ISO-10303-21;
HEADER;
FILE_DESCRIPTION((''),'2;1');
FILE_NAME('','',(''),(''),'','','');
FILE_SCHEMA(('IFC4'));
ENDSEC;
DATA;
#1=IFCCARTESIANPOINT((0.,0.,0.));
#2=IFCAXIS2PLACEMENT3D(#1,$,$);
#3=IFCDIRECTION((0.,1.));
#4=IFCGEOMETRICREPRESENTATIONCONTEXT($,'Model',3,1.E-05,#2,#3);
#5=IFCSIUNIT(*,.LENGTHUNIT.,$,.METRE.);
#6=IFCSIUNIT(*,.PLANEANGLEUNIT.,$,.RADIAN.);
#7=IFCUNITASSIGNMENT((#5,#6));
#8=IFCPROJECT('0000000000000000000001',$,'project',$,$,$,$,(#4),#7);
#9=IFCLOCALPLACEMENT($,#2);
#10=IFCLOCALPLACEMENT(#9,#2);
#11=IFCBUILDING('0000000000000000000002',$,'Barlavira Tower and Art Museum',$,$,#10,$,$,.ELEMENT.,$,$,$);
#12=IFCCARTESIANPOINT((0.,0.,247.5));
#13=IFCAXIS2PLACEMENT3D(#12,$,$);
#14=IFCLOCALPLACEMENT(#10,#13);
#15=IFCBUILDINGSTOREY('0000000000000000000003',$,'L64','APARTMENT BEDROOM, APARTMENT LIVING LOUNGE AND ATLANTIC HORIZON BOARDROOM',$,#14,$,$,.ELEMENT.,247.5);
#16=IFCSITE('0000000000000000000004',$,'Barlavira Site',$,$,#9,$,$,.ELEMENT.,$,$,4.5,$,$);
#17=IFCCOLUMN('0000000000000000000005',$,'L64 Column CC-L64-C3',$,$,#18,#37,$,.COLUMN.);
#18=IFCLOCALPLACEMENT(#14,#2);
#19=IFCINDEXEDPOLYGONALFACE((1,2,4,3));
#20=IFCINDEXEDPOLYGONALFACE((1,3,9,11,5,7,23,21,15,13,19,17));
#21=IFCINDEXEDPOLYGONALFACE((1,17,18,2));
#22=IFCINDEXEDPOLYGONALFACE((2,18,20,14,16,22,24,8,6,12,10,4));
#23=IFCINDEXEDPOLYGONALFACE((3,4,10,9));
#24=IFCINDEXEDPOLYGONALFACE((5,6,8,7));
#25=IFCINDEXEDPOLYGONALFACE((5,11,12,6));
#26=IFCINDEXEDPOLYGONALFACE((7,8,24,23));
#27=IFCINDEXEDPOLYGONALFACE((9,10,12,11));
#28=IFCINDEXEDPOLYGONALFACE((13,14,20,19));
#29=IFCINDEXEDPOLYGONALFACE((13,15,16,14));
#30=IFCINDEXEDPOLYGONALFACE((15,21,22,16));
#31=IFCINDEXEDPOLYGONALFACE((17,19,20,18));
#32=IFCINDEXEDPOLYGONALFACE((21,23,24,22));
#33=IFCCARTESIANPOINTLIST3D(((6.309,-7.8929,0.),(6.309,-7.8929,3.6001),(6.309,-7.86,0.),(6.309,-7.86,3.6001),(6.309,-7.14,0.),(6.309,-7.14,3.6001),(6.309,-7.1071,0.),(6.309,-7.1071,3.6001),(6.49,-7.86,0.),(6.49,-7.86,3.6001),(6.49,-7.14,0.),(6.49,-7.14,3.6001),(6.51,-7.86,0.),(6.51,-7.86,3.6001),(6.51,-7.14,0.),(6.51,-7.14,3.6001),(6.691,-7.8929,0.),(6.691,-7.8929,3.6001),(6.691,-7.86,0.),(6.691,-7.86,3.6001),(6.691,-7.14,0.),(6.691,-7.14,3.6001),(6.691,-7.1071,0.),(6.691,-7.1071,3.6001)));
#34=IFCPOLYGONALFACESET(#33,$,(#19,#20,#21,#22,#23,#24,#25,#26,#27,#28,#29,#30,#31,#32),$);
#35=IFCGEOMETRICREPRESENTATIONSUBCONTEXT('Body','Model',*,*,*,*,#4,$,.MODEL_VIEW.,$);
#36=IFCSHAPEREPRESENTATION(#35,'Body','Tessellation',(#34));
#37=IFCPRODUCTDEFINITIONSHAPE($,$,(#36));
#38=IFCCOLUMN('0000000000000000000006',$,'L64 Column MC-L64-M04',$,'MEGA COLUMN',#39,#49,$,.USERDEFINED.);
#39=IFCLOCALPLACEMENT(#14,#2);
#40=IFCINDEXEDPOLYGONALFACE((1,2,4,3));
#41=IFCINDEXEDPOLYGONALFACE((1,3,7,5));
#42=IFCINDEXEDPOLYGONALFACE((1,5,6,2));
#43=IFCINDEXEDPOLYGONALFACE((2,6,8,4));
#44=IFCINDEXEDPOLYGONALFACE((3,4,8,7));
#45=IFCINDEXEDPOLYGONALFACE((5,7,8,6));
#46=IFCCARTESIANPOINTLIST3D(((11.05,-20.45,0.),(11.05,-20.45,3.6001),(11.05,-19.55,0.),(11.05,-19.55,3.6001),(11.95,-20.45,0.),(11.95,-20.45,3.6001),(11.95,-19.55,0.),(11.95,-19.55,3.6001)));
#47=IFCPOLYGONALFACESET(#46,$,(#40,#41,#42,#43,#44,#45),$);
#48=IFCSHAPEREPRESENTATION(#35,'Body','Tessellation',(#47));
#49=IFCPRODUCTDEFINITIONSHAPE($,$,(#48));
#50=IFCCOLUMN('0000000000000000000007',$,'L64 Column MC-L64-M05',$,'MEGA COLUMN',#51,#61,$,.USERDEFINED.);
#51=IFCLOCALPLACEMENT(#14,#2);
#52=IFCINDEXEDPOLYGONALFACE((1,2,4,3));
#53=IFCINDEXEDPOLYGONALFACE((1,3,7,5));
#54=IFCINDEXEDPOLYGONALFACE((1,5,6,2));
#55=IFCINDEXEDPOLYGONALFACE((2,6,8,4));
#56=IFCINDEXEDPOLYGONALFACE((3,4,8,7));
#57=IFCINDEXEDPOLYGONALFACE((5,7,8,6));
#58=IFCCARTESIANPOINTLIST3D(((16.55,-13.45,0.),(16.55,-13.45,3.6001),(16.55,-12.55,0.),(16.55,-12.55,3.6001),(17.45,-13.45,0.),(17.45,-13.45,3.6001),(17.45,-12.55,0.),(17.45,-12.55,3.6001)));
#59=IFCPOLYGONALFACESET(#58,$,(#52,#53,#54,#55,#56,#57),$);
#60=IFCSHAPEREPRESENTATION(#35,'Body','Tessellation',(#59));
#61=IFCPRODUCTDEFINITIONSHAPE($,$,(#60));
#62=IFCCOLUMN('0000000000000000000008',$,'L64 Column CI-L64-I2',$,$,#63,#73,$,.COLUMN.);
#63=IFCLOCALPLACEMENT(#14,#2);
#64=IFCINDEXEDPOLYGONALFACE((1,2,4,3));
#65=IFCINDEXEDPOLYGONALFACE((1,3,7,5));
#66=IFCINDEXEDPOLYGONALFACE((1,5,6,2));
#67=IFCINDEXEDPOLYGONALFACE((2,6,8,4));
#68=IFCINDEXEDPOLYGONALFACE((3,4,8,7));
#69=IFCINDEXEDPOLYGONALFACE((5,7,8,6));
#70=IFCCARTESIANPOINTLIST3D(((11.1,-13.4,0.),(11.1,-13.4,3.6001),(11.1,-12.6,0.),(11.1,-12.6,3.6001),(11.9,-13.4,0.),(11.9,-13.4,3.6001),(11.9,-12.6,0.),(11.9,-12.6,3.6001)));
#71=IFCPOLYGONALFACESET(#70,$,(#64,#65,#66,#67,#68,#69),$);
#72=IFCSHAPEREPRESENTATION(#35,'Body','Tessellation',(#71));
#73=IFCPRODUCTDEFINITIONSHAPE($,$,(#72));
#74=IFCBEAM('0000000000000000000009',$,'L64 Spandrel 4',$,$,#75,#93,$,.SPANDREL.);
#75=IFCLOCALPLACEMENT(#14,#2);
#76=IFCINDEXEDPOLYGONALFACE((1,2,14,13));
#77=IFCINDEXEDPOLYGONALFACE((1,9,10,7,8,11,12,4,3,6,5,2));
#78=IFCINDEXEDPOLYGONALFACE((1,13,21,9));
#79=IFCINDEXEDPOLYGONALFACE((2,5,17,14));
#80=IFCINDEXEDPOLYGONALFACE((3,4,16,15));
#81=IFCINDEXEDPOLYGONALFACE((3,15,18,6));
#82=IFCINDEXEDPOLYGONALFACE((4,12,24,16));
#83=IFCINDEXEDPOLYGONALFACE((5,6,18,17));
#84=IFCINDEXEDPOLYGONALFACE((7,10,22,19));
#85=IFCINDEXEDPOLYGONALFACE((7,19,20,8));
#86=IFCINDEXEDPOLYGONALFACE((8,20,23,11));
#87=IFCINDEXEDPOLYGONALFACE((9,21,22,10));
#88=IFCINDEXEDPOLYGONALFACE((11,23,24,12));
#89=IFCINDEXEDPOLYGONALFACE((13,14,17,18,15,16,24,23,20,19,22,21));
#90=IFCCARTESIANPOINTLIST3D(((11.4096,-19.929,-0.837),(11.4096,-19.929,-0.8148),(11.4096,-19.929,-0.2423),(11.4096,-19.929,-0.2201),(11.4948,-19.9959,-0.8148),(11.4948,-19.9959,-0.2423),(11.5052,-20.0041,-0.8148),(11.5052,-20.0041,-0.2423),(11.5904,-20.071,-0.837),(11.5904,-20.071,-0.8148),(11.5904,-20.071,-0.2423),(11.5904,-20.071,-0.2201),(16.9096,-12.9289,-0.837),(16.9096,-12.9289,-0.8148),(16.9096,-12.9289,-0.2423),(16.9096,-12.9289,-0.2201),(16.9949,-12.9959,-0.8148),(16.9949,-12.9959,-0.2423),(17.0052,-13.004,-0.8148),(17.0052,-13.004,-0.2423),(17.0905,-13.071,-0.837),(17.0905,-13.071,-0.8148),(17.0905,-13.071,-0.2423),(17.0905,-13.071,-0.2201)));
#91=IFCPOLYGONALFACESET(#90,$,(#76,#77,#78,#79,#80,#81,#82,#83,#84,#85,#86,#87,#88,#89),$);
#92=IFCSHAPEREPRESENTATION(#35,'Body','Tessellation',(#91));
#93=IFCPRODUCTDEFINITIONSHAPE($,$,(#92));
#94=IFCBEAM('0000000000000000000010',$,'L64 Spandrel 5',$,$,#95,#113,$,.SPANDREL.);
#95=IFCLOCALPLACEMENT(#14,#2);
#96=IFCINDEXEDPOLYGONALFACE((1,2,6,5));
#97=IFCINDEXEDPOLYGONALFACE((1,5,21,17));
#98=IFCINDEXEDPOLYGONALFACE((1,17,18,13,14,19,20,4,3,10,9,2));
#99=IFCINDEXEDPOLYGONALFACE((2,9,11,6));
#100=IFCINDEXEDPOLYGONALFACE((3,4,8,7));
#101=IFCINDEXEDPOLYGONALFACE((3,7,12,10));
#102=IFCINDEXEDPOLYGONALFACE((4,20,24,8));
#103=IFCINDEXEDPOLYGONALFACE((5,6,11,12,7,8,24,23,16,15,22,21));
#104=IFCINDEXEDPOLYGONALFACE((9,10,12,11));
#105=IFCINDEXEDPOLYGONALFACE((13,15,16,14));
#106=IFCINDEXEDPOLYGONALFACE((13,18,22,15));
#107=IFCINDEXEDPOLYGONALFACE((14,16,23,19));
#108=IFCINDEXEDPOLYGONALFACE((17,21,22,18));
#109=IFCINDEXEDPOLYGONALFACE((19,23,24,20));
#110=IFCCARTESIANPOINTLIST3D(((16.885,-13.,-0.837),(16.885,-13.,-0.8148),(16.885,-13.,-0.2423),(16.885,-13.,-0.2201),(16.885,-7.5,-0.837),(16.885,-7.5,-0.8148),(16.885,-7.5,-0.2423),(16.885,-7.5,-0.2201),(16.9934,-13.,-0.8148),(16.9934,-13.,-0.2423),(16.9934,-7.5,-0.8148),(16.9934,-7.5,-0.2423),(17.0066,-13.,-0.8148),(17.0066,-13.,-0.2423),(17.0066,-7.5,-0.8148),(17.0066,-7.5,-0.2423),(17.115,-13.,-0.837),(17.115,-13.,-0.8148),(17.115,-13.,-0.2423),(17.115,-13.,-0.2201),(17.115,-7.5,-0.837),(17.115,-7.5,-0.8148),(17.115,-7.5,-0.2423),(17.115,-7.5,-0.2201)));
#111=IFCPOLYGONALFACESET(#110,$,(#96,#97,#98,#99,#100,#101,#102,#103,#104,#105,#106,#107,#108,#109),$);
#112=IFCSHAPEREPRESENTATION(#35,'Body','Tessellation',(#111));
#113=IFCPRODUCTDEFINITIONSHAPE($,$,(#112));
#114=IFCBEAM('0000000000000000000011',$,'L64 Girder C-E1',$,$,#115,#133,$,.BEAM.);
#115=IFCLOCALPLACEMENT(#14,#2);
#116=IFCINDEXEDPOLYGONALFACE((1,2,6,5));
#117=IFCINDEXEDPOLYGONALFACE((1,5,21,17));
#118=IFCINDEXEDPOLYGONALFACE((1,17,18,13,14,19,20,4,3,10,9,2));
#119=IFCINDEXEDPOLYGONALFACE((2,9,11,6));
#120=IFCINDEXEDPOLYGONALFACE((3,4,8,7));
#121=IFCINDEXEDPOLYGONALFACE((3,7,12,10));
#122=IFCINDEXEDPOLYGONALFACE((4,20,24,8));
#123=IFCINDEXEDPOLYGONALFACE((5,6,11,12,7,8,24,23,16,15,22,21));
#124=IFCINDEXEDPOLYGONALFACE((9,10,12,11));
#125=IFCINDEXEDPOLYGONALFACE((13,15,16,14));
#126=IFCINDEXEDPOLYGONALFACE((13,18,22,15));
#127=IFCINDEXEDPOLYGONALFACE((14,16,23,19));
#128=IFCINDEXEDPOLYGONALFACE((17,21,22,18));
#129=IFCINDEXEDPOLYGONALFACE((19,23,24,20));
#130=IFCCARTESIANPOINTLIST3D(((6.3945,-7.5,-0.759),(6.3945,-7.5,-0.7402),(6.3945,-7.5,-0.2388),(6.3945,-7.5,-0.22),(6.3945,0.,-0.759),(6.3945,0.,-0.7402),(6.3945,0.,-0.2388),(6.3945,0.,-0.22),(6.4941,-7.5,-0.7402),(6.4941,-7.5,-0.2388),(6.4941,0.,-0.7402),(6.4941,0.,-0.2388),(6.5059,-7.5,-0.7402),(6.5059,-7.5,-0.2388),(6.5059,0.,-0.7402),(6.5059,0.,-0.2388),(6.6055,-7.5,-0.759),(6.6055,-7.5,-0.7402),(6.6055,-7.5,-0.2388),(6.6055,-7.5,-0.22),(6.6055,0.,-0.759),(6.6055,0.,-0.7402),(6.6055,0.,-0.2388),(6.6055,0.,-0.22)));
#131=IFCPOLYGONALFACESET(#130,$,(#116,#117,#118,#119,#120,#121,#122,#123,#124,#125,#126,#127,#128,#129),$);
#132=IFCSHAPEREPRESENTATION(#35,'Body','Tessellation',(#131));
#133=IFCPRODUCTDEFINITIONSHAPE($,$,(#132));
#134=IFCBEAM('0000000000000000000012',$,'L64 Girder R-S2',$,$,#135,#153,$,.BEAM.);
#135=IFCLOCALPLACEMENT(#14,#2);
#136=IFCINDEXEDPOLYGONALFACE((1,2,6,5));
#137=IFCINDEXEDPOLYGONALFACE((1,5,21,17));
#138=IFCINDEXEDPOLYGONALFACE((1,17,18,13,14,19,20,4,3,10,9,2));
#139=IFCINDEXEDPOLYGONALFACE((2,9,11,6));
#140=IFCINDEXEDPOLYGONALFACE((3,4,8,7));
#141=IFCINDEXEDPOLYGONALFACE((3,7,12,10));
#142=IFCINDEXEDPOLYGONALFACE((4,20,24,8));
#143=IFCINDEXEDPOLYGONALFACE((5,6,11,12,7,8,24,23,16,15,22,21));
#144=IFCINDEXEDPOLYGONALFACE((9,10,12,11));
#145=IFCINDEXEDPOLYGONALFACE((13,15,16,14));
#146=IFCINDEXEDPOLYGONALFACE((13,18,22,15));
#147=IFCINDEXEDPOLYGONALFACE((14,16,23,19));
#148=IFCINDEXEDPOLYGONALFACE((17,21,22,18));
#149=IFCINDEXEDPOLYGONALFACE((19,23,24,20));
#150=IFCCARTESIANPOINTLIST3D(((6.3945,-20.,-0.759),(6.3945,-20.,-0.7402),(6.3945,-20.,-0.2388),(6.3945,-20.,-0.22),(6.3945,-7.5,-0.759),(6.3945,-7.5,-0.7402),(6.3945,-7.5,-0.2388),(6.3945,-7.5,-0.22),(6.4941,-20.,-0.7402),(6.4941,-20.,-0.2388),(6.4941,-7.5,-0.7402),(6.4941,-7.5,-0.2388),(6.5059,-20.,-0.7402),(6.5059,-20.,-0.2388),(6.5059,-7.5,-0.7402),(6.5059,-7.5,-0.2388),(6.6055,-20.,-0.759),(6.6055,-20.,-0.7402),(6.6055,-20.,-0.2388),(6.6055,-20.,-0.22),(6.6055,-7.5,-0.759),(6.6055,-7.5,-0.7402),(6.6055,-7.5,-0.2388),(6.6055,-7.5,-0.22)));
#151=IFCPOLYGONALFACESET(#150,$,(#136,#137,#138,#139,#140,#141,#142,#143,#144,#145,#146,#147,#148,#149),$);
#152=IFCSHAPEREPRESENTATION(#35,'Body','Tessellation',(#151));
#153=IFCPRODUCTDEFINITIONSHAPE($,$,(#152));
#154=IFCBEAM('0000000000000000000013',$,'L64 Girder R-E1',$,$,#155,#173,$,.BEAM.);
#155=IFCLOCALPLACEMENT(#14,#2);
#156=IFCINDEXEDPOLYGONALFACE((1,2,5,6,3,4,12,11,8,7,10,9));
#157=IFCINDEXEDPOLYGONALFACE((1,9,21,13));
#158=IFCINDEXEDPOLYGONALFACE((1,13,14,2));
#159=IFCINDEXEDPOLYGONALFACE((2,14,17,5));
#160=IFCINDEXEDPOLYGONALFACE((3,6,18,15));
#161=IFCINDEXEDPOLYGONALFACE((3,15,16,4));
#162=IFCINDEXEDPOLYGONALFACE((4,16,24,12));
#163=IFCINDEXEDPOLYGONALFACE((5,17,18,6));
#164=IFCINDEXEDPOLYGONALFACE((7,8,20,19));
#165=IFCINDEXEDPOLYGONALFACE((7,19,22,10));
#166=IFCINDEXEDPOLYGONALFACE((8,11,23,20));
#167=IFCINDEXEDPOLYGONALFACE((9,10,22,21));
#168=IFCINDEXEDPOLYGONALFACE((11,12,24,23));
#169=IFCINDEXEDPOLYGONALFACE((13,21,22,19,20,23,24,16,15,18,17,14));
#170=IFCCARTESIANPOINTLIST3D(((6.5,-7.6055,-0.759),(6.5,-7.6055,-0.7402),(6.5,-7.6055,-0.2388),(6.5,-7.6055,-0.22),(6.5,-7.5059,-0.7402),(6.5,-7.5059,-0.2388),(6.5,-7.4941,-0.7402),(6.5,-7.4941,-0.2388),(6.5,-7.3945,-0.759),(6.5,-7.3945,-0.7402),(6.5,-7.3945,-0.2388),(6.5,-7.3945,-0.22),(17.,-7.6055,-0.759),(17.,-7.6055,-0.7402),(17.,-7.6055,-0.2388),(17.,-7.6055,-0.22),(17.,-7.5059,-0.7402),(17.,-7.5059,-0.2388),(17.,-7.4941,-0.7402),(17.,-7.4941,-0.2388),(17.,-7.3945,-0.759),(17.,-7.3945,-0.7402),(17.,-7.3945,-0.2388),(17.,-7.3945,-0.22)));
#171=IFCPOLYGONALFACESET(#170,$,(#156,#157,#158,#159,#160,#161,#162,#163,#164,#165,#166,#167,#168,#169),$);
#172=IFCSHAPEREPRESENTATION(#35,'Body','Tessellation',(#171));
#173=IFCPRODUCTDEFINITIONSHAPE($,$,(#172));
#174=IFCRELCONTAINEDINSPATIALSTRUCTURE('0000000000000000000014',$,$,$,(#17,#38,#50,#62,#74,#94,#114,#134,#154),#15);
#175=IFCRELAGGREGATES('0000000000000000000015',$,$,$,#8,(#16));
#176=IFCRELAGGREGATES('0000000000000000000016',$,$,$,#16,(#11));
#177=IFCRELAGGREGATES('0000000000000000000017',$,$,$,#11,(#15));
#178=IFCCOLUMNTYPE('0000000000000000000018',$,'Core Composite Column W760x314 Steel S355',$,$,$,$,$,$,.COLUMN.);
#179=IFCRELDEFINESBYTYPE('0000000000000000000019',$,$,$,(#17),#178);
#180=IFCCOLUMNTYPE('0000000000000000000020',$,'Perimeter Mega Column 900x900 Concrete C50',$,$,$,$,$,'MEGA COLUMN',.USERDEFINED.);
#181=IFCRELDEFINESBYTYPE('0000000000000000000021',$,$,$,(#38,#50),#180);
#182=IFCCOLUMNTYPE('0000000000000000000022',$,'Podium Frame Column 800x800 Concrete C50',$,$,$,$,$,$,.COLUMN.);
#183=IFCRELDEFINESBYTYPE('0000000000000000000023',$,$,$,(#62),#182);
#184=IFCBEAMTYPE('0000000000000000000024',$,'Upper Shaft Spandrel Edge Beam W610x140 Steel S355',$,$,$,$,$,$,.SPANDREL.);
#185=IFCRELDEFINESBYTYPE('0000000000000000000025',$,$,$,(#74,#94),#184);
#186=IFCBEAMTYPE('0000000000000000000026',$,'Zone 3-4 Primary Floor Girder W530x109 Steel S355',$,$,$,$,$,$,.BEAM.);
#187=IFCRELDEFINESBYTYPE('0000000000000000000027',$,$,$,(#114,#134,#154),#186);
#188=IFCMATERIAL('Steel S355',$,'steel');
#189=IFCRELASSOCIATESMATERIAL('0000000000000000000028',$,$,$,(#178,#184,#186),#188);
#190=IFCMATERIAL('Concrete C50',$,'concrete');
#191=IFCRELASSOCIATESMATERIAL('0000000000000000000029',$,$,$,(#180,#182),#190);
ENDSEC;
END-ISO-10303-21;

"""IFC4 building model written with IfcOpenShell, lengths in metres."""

from ifc_helpers import new_model, si_unit, direction, frame, origin, origin_2d, place, context, subcontext, project, spatial, rectangle, i_section, extrude, material, material_profile, profile_set, type_object, element, save


model = new_model("IFC4")

# Units and contexts
model_context = context("Model", 3, precision=1e-05, world=origin(), true_north=direction((0.0, 1.0)))
body_context = subcontext(model_context, "Body", "Model", "MODEL_VIEW")
ifc_project = project(units=[si_unit("LENGTHUNIT", "METRE"), si_unit("PLANEANGLEUNIT", "RADIAN")], contexts=[model_context])

# Site, building, storey
site_placement = place(None, origin())
site = spatial("IfcSite", under=ifc_project, at=site_placement, Name="Barlavira Site", CompositionType="ELEMENT", RefElevation=4.5)
building_placement = place(site_placement, origin())
building = spatial("IfcBuilding", under=site, at=building_placement, Name="Barlavira Tower and Art Museum", CompositionType="ELEMENT")
storey_placement = place(building_placement, frame((0.0, 0.0, 247.5)))
storey = spatial("IfcBuildingStorey", under=building, at=storey_placement, Name="L64", Description="APARTMENT BEDROOM, APARTMENT LIVING LOUNGE AND ATLANTIC HORIZON BOARDROOM", CompositionType="ELEMENT", Elevation=247.5)

# Columns
ifc_material_1 = material(Name="Steel S355", Category="steel")
ifc_material_profile_1 = material_profile(ifc_material_1, i_section(OverallWidth=0.3821, OverallDepth=0.7859, WebThickness=0.02, FlangeThickness=0.033, at=origin_2d()), Name="W760x314.0")
ifc_profile_set_1 = profile_set([ifc_material_profile_1], Name="Steel S355")
column_type_1 = type_object("IfcColumnType", Name="Core Composite Column W760x314 Steel S355", PredefinedType="COLUMN", material=ifc_profile_set_1)
column_1_placement = place(storey_placement, frame((6.5, -7.5, 0.0), z_axis=(0.0, 0.0, 1.0), x_axis=(1.0, 0.0, 0.0)))
element("IfcColumn", 1, at=column_1_placement, inside=storey, type_object=column_type_1, Name="L64 Column CC-L64-C3", PredefinedType="COLUMN", context=body_context, shape_type="SweptSolid", body=[
    extrude(i_section(OverallWidth=0.3821, OverallDepth=0.7859, WebThickness=0.02, FlangeThickness=0.033, at=origin_2d()), origin(), (0.0, 0.0, 1.0), 3.6001),
])
ifc_material_2 = material(Name="Concrete C50", Category="concrete")
ifc_material_profile_2 = material_profile(ifc_material_2, rectangle(XDim=0.8999, YDim=0.8999, at=origin_2d()), Name="RC-COL 900x900")
ifc_profile_set_2 = profile_set([ifc_material_profile_2], Name="Concrete C50")
column_type_2 = type_object("IfcColumnType", Name="Perimeter Mega Column 900x900 Concrete C50", ElementType="MEGA COLUMN", PredefinedType="USERDEFINED", material=ifc_profile_set_2)
for number, where, z_axis, x_axis, name in (
    (2, (11.5, -20.0, 0.0), (0.0, 0.0, 1.0), (1.0, 0.0, 0.0), "L64 Column MC-L64-M04"),
    (3, (17.0, -13.0, 0.0), (0.0, 0.0, 1.0), (1.0, 0.0, 0.0), "L64 Column MC-L64-M05"),
):
    element("IfcColumn", number, at=place(storey_placement, frame(where, z_axis=z_axis, x_axis=x_axis)), inside=storey, type_object=column_type_2, Name=name, ObjectType="MEGA COLUMN", PredefinedType="USERDEFINED", context=body_context, shape_type="SweptSolid", body=[
        extrude(rectangle(XDim=0.8999, YDim=0.8999, at=origin_2d()), origin(), (0.0, 0.0, 1.0), 3.6001),
    ])
ifc_material_profile_3 = material_profile(ifc_material_2, rectangle(XDim=0.8, YDim=0.8, at=origin_2d()), Name="RC-COL 800x800")
ifc_profile_set_3 = profile_set([ifc_material_profile_3], Name="Concrete C50")
column_type_3 = type_object("IfcColumnType", Name="Podium Frame Column 800x800 Concrete C50", PredefinedType="COLUMN", material=ifc_profile_set_3)
column_2_placement = place(storey_placement, frame((11.5, -13.0, 0.0), z_axis=(0.0, 0.0, 1.0), x_axis=(1.0, 0.0, 0.0)))
element("IfcColumn", 4, at=column_2_placement, inside=storey, type_object=column_type_3, Name="L64 Column CI-L64-I2", PredefinedType="COLUMN", context=body_context, shape_type="SweptSolid", body=[
    extrude(rectangle(XDim=0.8, YDim=0.8, at=origin_2d()), origin(), (0.0, 0.0, 1.0), 3.6001),
])

# Beams
ifc_material_profile_4 = material_profile(ifc_material_1, i_section(OverallWidth=0.23, OverallDepth=0.6169, WebThickness=0.0132, FlangeThickness=0.0222, at=origin_2d()), Name="W610x140.0")
ifc_profile_set_4 = profile_set([ifc_material_profile_4], Name="Steel S355")
beam_type_1 = type_object("IfcBeamType", Name="Upper Shaft Spandrel Edge Beam W610x140 Steel S355", PredefinedType="SPANDREL", material=ifc_profile_set_4)
beam_1_placement = place(storey_placement, frame((11.5, -20.0, -0.5286), z_axis=(0.617822, 0.786318, 0.0), x_axis=(-0.786318, 0.617822, 0.0)))
element("IfcBeam", 5, at=beam_1_placement, inside=storey, type_object=beam_type_1, Name="L64 Spandrel 4", PredefinedType="SPANDREL", context=body_context, shape_type="SweptSolid", body=[
    extrude(i_section(OverallWidth=0.23, OverallDepth=0.6169, WebThickness=0.0132, FlangeThickness=0.0222, at=origin_2d()), origin(), (0.0, 0.0, 1.0), 8.9023),
])
beam_2_placement = place(storey_placement, frame((17.0, -13.0, -0.5286), z_axis=(0.0, 1.0, 0.0), x_axis=(-1.0, 0.0, 0.0)))
element("IfcBeam", 6, at=beam_2_placement, inside=storey, type_object=beam_type_1, Name="L64 Spandrel 5", PredefinedType="SPANDREL", context=body_context, shape_type="SweptSolid", body=[
    extrude(i_section(OverallWidth=0.23, OverallDepth=0.6169, WebThickness=0.0132, FlangeThickness=0.0222, at=origin_2d()), origin(), (0.0, 0.0, 1.0), 5.5),
])
ifc_material_profile_5 = material_profile(ifc_material_1, i_section(OverallWidth=0.2109, OverallDepth=0.5391, WebThickness=0.0117, FlangeThickness=0.0188, at=origin_2d()), Name="W530x109.0")
ifc_profile_set_5 = profile_set([ifc_material_profile_5], Name="Steel S355")
beam_type_2 = type_object("IfcBeamType", Name="Zone 3-4 Primary Floor Girder W530x109 Steel S355", PredefinedType="BEAM", material=ifc_profile_set_5)
beam_3_placement = place(storey_placement, frame((6.5, -7.5, -0.4895), z_axis=(0.0, 1.0, 0.0), x_axis=(-1.0, 0.0, 0.0)))
element("IfcBeam", 7, at=beam_3_placement, inside=storey, type_object=beam_type_2, Name="L64 Girder C-E1", PredefinedType="BEAM", context=body_context, shape_type="SweptSolid", body=[
    extrude(i_section(OverallWidth=0.2109, OverallDepth=0.5391, WebThickness=0.0117, FlangeThickness=0.0188, at=origin_2d()), origin(), (0.0, 0.0, 1.0), 7.5),
])
beam_4_placement = place(storey_placement, frame((6.5, -20.0, -0.4895), z_axis=(0.0, 1.0, 0.0), x_axis=(-1.0, 0.0, 0.0)))
element("IfcBeam", 8, at=beam_4_placement, inside=storey, type_object=beam_type_2, Name="L64 Girder R-S2", PredefinedType="BEAM", context=body_context, shape_type="SweptSolid", body=[
    extrude(i_section(OverallWidth=0.2109, OverallDepth=0.5391, WebThickness=0.0117, FlangeThickness=0.0188, at=origin_2d()), origin(), (0.0, 0.0, 1.0), 12.5),
])
beam_5_placement = place(storey_placement, frame((6.5, -7.5, -0.4895), z_axis=(1.0, 0.0, 0.0), x_axis=(0.0, 1.0, 0.0)))
element("IfcBeam", 9, at=beam_5_placement, inside=storey, type_object=beam_type_2, Name="L64 Girder R-E1", PredefinedType="BEAM", context=body_context, shape_type="SweptSolid", body=[
    extrude(i_section(OverallWidth=0.2109, OverallDepth=0.5391, WebThickness=0.0117, FlangeThickness=0.0188, at=origin_2d()), origin(), (0.0, 0.0, 1.0), 10.5),
])

save(model, "model.ifc")
